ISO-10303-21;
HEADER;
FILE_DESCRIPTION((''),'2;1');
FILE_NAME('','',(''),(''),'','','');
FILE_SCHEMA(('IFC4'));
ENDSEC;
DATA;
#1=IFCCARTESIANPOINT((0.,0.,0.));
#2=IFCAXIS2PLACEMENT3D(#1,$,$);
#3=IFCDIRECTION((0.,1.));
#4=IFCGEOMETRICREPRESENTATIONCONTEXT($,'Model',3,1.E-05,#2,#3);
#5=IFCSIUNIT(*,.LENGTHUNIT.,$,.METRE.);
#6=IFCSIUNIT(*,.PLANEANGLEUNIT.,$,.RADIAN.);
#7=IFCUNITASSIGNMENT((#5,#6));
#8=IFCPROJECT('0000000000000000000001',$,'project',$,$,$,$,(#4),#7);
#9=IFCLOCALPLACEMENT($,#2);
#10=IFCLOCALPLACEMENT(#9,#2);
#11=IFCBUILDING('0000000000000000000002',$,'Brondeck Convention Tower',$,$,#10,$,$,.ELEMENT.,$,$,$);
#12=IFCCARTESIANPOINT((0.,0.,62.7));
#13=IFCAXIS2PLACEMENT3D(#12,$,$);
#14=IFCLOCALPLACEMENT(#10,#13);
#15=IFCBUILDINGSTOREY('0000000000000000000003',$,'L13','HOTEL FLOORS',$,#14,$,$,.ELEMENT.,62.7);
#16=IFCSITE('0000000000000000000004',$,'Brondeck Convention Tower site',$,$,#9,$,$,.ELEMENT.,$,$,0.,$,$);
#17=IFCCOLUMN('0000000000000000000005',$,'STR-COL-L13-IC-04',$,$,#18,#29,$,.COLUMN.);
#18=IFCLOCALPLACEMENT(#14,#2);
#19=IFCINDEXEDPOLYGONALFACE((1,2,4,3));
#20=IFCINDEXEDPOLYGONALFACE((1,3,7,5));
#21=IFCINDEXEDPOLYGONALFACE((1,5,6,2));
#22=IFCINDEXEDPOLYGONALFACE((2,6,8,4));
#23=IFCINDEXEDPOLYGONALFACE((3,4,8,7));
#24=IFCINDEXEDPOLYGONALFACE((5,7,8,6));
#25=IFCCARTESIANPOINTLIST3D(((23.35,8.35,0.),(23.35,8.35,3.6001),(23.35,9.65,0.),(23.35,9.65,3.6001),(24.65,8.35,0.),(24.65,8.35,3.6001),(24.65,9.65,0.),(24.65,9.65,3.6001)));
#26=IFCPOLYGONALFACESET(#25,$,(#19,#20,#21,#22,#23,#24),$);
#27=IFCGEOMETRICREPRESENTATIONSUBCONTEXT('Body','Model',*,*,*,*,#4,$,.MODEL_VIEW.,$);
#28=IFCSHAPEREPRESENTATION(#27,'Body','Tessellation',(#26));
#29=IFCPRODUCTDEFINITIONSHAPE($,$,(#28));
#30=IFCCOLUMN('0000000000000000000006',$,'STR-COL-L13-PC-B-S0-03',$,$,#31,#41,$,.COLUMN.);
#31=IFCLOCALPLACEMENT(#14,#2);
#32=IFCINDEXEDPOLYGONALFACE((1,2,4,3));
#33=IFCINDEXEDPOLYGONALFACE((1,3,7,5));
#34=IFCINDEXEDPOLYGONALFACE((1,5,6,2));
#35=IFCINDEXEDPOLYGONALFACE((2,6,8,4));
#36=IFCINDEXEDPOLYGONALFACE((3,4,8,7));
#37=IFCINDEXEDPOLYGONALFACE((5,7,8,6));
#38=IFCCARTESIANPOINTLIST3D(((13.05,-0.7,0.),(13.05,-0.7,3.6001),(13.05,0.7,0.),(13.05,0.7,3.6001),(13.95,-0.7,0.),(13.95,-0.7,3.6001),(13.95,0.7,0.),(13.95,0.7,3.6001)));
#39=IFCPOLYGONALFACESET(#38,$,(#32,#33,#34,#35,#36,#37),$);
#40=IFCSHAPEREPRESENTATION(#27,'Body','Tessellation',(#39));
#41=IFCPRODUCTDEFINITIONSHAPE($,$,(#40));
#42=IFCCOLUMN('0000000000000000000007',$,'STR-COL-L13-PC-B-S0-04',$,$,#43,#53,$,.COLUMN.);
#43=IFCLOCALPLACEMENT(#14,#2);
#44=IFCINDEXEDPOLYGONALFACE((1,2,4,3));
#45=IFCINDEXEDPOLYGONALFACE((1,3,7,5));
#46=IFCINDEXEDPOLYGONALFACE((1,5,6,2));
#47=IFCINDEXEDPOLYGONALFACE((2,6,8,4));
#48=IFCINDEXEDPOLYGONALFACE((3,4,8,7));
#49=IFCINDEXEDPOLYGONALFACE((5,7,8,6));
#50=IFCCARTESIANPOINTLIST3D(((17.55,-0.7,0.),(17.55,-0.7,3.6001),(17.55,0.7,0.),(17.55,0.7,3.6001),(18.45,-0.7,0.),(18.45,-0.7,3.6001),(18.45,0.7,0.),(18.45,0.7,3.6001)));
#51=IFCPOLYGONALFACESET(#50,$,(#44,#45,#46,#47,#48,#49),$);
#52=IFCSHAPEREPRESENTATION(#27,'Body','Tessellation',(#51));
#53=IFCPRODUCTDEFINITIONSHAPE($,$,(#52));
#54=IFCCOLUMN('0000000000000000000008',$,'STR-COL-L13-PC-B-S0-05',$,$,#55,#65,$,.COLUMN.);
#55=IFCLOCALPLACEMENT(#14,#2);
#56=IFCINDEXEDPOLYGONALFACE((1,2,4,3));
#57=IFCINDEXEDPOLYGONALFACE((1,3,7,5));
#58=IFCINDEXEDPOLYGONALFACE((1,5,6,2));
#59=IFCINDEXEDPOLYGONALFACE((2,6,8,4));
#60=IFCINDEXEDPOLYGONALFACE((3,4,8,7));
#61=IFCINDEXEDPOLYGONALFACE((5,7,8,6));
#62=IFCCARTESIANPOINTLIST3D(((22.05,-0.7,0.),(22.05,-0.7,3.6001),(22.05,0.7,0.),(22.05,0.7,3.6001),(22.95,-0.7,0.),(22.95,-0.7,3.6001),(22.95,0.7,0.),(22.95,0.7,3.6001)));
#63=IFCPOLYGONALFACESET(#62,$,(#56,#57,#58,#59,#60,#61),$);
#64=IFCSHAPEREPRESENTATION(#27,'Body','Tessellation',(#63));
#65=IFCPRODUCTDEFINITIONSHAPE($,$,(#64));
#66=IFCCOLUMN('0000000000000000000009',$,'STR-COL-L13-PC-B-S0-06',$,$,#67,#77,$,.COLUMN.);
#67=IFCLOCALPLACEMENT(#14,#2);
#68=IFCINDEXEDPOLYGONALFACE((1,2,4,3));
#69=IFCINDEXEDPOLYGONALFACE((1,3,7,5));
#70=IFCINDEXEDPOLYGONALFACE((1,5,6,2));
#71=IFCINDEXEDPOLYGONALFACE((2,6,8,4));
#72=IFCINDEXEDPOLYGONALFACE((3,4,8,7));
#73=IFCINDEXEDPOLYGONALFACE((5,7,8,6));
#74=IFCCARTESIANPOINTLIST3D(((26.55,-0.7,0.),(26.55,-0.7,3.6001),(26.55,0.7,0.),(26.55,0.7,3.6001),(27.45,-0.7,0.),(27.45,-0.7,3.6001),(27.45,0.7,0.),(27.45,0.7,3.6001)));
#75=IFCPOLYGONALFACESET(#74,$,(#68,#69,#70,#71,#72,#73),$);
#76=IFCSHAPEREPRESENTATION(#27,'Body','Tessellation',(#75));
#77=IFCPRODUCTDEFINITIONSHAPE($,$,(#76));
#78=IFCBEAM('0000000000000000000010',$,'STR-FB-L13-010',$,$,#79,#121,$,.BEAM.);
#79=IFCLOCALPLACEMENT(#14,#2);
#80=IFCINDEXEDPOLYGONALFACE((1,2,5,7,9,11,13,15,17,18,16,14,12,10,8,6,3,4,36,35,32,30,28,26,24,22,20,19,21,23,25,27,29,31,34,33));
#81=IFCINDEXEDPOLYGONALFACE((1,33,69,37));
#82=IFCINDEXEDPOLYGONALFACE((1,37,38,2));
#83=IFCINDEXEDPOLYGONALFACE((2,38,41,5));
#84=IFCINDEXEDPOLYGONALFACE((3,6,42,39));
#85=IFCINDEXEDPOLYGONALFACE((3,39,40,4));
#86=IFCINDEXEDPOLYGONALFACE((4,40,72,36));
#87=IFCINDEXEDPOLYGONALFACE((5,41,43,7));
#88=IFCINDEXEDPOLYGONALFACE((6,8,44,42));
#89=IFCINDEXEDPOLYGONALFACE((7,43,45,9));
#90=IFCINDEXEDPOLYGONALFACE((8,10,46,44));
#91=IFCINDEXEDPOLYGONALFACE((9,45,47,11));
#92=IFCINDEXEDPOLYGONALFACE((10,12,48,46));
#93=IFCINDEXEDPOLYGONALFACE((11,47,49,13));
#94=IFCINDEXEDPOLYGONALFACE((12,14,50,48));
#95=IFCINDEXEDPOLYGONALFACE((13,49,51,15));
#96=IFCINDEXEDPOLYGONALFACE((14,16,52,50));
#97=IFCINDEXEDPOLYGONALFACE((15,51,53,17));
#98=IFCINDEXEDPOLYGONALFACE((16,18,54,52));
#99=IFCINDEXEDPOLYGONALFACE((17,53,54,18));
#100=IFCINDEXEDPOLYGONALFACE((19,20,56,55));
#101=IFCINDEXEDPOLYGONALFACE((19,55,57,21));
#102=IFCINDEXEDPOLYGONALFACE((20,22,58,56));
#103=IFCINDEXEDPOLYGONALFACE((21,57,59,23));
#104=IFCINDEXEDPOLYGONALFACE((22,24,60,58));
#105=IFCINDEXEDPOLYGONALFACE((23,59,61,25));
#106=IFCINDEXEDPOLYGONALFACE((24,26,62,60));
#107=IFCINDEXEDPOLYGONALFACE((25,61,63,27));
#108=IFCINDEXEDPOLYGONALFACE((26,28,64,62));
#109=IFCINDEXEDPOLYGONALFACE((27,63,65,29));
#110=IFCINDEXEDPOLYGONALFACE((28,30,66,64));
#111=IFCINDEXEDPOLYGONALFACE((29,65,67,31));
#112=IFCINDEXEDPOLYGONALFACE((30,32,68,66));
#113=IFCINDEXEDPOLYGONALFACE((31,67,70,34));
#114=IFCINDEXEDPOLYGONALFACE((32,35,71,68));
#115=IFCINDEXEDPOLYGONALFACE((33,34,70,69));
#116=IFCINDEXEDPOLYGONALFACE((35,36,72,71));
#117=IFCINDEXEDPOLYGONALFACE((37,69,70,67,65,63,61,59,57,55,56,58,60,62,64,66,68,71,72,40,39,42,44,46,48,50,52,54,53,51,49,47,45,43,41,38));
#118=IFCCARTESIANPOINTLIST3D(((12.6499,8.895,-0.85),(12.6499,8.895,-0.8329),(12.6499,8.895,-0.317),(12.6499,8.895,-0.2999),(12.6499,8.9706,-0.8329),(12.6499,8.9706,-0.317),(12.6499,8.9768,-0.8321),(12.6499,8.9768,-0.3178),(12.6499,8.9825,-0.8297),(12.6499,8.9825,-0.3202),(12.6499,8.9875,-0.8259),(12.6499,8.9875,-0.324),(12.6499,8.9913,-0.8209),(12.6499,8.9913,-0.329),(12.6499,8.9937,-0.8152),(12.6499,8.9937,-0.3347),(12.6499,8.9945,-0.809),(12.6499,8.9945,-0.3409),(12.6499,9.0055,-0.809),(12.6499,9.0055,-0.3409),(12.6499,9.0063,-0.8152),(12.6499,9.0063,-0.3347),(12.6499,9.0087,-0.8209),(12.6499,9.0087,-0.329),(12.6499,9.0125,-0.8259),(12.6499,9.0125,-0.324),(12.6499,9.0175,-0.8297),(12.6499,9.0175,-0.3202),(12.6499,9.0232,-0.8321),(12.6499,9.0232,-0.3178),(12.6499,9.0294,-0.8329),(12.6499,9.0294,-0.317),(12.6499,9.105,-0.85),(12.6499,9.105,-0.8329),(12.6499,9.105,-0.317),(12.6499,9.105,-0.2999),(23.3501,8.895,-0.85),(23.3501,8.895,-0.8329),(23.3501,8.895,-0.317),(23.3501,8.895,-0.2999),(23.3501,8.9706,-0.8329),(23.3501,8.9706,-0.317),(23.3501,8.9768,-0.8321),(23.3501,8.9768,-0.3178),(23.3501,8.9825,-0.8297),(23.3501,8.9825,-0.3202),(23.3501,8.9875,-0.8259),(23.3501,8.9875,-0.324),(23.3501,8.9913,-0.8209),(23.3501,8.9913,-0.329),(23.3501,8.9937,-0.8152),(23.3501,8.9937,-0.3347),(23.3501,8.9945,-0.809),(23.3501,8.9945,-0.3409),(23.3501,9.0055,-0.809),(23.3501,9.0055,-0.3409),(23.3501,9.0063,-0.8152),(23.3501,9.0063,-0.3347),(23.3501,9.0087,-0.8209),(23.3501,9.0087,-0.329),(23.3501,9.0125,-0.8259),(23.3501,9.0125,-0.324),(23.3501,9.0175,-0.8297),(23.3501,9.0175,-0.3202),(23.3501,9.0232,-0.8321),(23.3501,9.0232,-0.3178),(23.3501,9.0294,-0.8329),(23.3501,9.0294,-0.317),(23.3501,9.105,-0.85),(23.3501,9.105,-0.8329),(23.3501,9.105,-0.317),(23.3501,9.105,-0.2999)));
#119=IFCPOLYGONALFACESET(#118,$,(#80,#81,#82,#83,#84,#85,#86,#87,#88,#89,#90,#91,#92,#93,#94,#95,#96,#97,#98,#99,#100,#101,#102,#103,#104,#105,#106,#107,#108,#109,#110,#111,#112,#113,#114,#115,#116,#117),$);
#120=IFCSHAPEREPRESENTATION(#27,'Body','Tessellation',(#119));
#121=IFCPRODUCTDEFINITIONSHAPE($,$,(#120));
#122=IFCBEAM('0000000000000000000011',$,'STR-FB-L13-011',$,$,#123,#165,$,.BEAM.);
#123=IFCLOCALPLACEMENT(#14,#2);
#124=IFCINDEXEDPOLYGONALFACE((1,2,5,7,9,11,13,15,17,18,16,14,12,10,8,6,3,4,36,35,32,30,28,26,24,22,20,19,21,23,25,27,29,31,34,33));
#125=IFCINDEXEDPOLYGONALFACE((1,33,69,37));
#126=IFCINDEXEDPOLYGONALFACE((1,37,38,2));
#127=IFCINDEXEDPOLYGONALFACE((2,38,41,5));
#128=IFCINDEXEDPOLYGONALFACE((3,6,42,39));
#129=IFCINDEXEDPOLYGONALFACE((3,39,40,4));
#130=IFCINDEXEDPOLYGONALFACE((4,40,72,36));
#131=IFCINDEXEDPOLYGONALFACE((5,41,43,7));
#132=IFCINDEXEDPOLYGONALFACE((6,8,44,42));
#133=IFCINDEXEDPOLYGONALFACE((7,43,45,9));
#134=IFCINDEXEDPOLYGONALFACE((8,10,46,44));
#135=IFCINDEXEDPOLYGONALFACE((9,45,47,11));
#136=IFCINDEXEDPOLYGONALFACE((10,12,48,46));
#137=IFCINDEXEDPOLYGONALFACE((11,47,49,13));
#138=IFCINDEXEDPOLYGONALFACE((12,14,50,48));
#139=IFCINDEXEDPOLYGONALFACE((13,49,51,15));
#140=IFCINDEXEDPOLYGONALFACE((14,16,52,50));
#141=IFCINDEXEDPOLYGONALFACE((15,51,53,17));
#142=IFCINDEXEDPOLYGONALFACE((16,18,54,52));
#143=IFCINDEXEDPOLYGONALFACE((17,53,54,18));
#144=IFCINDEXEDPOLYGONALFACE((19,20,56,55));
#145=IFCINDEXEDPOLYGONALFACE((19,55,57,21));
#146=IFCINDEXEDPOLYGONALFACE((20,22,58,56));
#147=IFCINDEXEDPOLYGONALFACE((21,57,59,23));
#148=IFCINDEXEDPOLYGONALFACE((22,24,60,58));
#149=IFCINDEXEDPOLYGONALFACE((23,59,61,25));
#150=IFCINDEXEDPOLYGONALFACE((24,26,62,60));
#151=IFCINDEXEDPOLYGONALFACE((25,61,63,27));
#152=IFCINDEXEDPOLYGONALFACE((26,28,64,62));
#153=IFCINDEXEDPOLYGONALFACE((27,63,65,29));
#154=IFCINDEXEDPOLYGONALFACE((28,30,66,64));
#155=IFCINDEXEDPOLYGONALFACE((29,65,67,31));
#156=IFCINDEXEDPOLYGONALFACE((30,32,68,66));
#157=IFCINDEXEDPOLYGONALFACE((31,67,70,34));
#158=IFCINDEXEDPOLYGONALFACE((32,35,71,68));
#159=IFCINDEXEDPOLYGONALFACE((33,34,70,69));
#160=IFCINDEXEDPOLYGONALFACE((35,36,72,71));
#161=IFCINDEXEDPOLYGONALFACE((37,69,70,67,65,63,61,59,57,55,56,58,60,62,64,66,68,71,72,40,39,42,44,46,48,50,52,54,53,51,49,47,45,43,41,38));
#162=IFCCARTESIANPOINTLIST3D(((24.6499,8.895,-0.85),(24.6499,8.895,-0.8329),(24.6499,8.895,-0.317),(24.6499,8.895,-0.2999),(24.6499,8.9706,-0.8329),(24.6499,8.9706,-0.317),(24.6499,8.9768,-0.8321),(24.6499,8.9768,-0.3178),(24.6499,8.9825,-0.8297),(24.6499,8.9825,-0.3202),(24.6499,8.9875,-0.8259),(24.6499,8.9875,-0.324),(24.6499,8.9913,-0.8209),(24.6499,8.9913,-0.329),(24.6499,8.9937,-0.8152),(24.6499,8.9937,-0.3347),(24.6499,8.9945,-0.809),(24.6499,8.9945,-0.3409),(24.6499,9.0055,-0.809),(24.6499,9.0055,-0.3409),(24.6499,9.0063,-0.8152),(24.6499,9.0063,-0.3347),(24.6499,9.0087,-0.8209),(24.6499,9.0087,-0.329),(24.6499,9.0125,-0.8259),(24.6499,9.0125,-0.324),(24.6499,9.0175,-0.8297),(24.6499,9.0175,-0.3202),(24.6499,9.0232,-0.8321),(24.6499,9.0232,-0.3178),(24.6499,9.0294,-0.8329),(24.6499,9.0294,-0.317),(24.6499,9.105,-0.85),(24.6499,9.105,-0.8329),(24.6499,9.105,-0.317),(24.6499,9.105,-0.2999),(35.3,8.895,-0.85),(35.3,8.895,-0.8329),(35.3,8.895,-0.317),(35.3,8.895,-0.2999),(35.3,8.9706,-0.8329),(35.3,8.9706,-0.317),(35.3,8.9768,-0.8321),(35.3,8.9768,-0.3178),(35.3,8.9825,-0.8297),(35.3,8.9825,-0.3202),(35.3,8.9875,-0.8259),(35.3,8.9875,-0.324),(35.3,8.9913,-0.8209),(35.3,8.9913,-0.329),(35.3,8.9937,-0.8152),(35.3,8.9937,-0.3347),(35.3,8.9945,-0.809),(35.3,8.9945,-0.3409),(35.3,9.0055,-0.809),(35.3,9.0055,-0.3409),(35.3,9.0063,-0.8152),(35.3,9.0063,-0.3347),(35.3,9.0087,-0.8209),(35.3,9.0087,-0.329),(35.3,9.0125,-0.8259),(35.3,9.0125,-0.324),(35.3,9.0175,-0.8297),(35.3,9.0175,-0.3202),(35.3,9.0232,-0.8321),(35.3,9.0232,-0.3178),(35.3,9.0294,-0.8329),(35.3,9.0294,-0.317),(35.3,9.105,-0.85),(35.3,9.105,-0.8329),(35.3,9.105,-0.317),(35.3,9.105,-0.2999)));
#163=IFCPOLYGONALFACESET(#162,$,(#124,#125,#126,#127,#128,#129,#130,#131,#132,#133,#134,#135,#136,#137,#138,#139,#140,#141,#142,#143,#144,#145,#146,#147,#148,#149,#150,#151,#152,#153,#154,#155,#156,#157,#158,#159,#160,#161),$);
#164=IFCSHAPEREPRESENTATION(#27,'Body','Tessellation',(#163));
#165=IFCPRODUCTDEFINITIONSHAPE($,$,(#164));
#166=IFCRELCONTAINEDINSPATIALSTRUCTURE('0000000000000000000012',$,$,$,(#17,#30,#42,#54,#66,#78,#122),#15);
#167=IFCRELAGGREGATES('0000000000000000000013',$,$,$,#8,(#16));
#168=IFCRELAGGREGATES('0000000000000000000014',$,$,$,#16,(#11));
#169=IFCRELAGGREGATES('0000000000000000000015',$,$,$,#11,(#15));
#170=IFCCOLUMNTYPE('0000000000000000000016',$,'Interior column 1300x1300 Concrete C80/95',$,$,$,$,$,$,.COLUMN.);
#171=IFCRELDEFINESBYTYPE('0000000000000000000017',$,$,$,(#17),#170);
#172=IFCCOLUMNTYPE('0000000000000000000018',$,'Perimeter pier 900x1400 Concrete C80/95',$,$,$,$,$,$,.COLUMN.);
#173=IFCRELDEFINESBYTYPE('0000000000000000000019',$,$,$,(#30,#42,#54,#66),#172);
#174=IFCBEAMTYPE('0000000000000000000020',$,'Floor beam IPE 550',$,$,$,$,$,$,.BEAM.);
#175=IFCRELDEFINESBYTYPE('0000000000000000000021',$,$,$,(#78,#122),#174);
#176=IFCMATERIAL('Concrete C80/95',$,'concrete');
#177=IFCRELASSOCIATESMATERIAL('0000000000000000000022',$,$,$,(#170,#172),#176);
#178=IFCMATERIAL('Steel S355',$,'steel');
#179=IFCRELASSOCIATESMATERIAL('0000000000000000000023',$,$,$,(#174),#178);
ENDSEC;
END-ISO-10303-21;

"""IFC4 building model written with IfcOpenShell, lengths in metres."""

from ifc_helpers import new_model, si_unit, direction, frame, origin, origin_2d, place, context, subcontext, project, spatial, rectangle, i_section, extrude, material, material_profile, profile_set, type_object, element, save


model = new_model("IFC4")

# Units and contexts
model_context = context("Model", 3, precision=1e-05, world=origin(), true_north=direction((0.0, 1.0)))
body_context = subcontext(model_context, "Body", "Model", "MODEL_VIEW")
ifc_project = project(units=[si_unit("LENGTHUNIT", "METRE"), si_unit("PLANEANGLEUNIT", "RADIAN")], contexts=[model_context])

# Site, building, storey
site_placement = place(None, origin())
site = spatial("IfcSite", under=ifc_project, at=site_placement, Name="Brondeck Convention Tower site", CompositionType="ELEMENT", RefElevation=0.0)
building_placement = place(site_placement, origin())
building = spatial("IfcBuilding", under=site, at=building_placement, Name="Brondeck Convention Tower", CompositionType="ELEMENT")
storey_placement = place(building_placement, frame((0.0, 0.0, 62.7)))
storey = spatial("IfcBuildingStorey", under=building, at=storey_placement, Name="L13", Description="HOTEL FLOORS", CompositionType="ELEMENT", Elevation=62.7)

# Columns
ifc_material_1 = material(Name="Concrete C80/95", Category="concrete")
ifc_material_profile_1 = material_profile(ifc_material_1, rectangle(XDim=1.3, YDim=1.3, at=origin_2d()), Name="Interior column 1300x1300 Concrete C80/95")
ifc_profile_set_1 = profile_set([ifc_material_profile_1], Name="Concrete C80/95")
column_type_1 = type_object("IfcColumnType", Name="Interior column 1300x1300 Concrete C80/95", PredefinedType="COLUMN", material=ifc_profile_set_1)
column_placement = place(storey_placement, frame((24.0, 9.0, 0.0), z_axis=(0.0, 0.0, 1.0), x_axis=(1.0, 0.0, 0.0)))
element("IfcColumn", 1, at=column_placement, inside=storey, type_object=column_type_1, Name="STR-COL-L13-IC-04", PredefinedType="COLUMN", context=body_context, shape_type="SweptSolid", body=[
    extrude(rectangle(XDim=1.3, YDim=1.3, at=origin_2d()), origin(), (0.0, 0.0, 1.0), 3.6001),
])
ifc_material_profile_2 = material_profile(ifc_material_1, rectangle(XDim=0.8999, YDim=1.3999, at=origin_2d()), Name="Perimeter pier 900x1400 Concrete C80/95")
ifc_profile_set_2 = profile_set([ifc_material_profile_2], Name="Concrete C80/95")
column_type_2 = type_object("IfcColumnType", Name="Perimeter pier 900x1400 Concrete C80/95", PredefinedType="COLUMN", material=ifc_profile_set_2)
for number, where, z_axis, x_axis, name in (
    (2, (13.5, 0.0, 0.0), (0.0, 0.0, 1.0), (1.0, 0.0, 0.0), "STR-COL-L13-PC-B-S0-03"),
    (3, (18.0, 0.0, 0.0), (0.0, 0.0, 1.0), (1.0, 0.0, 0.0), "STR-COL-L13-PC-B-S0-04"),
    (4, (22.5, 0.0, 0.0), (0.0, 0.0, 1.0), (1.0, 0.0, 0.0), "STR-COL-L13-PC-B-S0-05"),
    (5, (27.0, 0.0, 0.0), (0.0, 0.0, 1.0), (1.0, 0.0, 0.0), "STR-COL-L13-PC-B-S0-06"),
):
    element("IfcColumn", number, at=place(storey_placement, frame(where, z_axis=z_axis, x_axis=x_axis)), inside=storey, type_object=column_type_2, Name=name, PredefinedType="COLUMN", context=body_context, shape_type="SweptSolid", body=[
        extrude(rectangle(XDim=0.8999, YDim=1.3999, at=origin_2d()), origin(), (0.0, 0.0, 1.0), 3.6001),
    ])

# Beams
ifc_material_2 = material(Name="Steel S355", Category="steel")
ifc_material_profile_3 = material_profile(ifc_material_2, i_section(OverallWidth=0.21, OverallDepth=0.55, WebThickness=0.011, FlangeThickness=0.0171, FilletRadius=0.0239, at=origin_2d()), Name="IPE 550")
ifc_profile_set_3 = profile_set([ifc_material_profile_3], Name="Steel S355")
beam_type_1 = type_object("IfcBeamType", Name="Floor beam IPE 550", PredefinedType="BEAM", material=ifc_profile_set_3)
beam_1_placement = place(storey_placement, frame((12.6499, 9.0, -0.575), z_axis=(1.0, 0.0, 0.0), x_axis=(0.0, 1.0, 0.0)))
element("IfcBeam", 6, at=beam_1_placement, inside=storey, type_object=beam_type_1, Name="STR-FB-L13-010", PredefinedType="BEAM", context=body_context, shape_type="SweptSolid", body=[
    extrude(i_section(OverallWidth=0.21, OverallDepth=0.55, WebThickness=0.011, FlangeThickness=0.0171, FilletRadius=0.0239, at=origin_2d()), origin(), (0.0, 0.0, 1.0), 10.7002),
])
beam_2_placement = place(storey_placement, frame((24.6499, 9.0, -0.575), z_axis=(1.0, 0.0, 0.0), x_axis=(0.0, 1.0, 0.0)))
element("IfcBeam", 7, at=beam_2_placement, inside=storey, type_object=beam_type_1, Name="STR-FB-L13-011", PredefinedType="BEAM", context=body_context, shape_type="SweptSolid", body=[
    extrude(i_section(OverallWidth=0.21, OverallDepth=0.55, WebThickness=0.011, FlangeThickness=0.0171, FilletRadius=0.0239, at=origin_2d()), origin(), (0.0, 0.0, 1.0), 10.6501),
])

save(model, "model.ifc")
